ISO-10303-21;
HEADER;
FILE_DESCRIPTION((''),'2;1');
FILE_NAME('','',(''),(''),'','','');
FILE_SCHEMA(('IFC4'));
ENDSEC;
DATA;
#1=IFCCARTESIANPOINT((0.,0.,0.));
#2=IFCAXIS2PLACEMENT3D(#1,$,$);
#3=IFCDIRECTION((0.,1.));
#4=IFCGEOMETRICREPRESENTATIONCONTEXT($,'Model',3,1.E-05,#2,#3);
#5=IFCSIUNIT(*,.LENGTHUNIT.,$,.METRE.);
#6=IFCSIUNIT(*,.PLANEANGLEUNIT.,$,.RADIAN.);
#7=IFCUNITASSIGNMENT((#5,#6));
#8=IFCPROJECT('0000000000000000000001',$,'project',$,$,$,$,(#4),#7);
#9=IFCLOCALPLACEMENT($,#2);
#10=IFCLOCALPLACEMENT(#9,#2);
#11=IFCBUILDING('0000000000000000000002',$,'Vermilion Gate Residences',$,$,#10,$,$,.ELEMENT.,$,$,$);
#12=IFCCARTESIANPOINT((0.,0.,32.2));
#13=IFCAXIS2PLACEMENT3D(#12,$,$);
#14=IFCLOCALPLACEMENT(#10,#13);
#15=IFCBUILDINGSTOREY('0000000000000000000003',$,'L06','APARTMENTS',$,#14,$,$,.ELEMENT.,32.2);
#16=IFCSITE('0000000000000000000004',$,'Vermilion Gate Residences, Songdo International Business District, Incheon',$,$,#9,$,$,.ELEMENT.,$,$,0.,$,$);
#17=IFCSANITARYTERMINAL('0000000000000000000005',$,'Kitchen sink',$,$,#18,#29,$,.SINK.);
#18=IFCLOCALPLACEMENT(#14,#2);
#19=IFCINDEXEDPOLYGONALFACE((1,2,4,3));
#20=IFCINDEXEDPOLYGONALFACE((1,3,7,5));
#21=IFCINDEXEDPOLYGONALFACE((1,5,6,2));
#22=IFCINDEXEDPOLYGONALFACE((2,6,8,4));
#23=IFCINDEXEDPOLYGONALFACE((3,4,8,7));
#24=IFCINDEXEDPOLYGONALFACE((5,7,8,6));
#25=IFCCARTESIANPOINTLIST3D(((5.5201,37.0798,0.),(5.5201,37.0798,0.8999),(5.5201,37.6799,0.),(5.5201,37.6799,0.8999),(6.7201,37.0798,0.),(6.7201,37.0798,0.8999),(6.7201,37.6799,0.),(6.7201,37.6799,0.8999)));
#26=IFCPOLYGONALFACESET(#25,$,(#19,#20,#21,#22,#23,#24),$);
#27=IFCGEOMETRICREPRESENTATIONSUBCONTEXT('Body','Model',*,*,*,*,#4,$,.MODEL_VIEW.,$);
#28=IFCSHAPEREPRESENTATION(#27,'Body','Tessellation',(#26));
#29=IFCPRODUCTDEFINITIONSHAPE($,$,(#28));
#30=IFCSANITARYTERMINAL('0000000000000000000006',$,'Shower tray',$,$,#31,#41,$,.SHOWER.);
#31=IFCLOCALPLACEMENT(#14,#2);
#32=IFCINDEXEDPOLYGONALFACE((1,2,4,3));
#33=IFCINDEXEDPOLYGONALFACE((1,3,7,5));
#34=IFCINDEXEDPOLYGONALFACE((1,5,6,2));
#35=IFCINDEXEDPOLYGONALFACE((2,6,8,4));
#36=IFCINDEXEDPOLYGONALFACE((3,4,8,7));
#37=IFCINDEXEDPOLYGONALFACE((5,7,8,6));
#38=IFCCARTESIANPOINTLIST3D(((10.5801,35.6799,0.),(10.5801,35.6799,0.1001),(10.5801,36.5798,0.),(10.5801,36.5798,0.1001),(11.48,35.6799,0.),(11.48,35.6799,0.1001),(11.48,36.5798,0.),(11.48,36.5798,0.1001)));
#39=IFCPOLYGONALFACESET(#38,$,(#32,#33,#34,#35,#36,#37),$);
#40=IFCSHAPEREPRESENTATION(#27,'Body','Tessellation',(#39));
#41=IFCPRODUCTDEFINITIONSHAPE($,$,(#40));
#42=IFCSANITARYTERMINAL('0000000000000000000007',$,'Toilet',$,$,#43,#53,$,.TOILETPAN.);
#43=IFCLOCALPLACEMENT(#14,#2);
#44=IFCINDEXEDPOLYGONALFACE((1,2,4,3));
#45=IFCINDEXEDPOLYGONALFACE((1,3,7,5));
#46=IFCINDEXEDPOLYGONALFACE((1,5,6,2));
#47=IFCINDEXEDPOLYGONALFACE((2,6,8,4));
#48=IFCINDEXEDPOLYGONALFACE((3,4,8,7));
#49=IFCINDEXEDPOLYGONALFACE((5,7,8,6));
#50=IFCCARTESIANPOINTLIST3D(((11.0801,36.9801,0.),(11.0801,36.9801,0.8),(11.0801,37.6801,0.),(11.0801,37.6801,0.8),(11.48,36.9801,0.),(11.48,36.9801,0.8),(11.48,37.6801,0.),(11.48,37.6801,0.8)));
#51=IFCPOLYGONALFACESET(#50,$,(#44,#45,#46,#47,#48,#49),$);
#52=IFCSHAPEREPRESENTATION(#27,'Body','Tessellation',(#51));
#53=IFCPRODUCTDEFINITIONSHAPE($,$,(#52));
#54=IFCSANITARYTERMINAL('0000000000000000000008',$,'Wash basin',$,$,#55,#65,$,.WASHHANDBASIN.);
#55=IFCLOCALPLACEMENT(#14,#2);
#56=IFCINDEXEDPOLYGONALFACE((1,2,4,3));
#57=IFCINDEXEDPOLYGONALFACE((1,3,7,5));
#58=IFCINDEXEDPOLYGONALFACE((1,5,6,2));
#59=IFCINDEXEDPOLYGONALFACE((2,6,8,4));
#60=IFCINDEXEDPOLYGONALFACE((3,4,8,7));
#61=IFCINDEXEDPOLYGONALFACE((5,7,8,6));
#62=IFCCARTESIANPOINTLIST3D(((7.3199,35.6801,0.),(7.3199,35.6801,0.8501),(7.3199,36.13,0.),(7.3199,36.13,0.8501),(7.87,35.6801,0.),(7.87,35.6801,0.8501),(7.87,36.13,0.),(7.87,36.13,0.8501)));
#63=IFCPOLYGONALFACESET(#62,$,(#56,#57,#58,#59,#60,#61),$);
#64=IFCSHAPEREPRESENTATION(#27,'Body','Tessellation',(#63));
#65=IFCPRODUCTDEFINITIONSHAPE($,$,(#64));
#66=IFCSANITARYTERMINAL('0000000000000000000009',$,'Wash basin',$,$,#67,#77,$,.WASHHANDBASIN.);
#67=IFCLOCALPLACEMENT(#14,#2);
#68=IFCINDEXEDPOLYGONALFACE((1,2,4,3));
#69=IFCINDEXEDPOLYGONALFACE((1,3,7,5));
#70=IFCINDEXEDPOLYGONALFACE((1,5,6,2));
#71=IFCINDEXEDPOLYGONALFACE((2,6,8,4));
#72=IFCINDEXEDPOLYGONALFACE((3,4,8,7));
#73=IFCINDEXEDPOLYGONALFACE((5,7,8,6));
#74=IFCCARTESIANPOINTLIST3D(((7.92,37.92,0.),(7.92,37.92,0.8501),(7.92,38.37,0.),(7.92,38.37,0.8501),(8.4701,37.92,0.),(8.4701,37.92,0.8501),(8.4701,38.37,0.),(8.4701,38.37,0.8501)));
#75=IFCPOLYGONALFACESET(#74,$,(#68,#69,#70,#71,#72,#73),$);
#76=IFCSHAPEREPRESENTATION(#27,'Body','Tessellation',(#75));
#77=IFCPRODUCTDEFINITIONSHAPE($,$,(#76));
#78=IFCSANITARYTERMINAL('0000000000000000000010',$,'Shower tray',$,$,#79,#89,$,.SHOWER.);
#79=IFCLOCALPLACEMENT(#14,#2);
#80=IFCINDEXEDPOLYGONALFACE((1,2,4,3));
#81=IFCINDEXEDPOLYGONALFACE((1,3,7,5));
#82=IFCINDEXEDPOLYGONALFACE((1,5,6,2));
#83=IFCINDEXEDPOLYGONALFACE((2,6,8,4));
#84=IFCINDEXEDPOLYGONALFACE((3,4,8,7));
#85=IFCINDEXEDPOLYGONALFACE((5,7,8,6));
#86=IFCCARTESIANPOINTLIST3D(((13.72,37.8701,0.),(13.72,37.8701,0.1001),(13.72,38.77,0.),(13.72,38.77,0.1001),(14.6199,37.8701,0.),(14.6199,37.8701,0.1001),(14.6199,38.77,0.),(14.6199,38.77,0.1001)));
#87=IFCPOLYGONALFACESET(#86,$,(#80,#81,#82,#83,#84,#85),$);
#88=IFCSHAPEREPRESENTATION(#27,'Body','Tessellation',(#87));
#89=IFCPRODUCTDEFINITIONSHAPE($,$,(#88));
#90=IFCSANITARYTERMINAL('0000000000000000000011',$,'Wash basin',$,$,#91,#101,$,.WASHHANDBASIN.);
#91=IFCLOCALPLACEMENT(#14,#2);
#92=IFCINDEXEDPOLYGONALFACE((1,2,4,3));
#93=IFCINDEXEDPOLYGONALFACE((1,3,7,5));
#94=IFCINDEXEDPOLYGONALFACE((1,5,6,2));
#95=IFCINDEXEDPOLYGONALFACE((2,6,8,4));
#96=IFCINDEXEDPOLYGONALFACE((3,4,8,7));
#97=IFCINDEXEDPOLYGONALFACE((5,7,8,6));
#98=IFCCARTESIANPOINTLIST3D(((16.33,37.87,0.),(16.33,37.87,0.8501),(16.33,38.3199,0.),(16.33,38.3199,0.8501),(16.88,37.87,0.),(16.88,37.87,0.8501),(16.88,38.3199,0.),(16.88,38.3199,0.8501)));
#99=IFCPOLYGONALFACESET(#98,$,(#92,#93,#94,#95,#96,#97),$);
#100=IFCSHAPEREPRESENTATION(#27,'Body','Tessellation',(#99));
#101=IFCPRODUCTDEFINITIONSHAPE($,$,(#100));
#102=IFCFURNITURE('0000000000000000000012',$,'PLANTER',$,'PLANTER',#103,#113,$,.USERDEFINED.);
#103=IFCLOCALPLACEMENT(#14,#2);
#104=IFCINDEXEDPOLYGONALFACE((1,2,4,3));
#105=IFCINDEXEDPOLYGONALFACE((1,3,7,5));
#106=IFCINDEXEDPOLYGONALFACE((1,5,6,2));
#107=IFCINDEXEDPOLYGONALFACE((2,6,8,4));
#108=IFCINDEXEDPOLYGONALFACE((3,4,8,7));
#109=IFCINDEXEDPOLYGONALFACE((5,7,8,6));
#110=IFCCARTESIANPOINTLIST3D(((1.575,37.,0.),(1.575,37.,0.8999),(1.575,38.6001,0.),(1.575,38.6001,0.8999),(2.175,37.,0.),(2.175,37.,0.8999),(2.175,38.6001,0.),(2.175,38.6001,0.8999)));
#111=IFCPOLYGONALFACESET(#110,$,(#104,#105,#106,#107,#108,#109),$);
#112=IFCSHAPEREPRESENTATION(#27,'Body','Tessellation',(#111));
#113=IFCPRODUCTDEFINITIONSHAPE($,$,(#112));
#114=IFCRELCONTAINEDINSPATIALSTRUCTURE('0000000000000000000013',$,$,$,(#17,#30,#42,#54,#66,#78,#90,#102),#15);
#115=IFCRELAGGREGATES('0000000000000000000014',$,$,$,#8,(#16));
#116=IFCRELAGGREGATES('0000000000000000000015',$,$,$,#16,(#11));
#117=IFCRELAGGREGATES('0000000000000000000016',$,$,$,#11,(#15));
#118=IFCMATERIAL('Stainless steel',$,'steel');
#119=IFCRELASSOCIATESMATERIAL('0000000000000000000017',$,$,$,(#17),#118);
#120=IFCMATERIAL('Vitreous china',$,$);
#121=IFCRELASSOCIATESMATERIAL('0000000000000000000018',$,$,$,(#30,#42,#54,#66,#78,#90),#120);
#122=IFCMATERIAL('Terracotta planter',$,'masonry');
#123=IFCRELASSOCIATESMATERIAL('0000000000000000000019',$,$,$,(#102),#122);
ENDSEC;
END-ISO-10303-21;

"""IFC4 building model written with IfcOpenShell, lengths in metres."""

from ifc_helpers import new_model, si_unit, direction, frame, origin, origin_2d, place, context, subcontext, project, spatial, rectangle, extrude, material, element, save


model = new_model("IFC4")

# Units and contexts
model_context = context("Model", 3, precision=1e-05, world=origin(), true_north=direction((0.0, 1.0)))
body_context = subcontext(model_context, "Body", "Model", "MODEL_VIEW")
ifc_project = project(units=[si_unit("LENGTHUNIT", "METRE"), si_unit("PLANEANGLEUNIT", "RADIAN")], contexts=[model_context])

# Site, building, storey
site_placement = place(None, origin())
site = spatial("IfcSite", under=ifc_project, at=site_placement, Name="Vermilion Gate Residences, Songdo International Business District, Incheon", CompositionType="ELEMENT", RefElevation=0.0)
building_placement = place(site_placement, origin())
building = spatial("IfcBuilding", under=site, at=building_placement, Name="Vermilion Gate Residences", CompositionType="ELEMENT")
storey_placement = place(building_placement, frame((0.0, 0.0, 32.2)))
storey = spatial("IfcBuildingStorey", under=building, at=storey_placement, Name="L06", Description="APARTMENTS", CompositionType="ELEMENT", Elevation=32.2)

# Sanitary terminals
ifc_material_1 = material(Name="Stainless steel", Category="steel")
for number, where, z_axis, x_axis, name in (
    (1, (6.1201, 37.3799, 0.0), (0.0, 0.0, 1.0), (1.0, 0.0, 0.0), "Kitchen sink"),
):
    element("IfcSanitaryTerminal", number, at=place(storey_placement, frame(where, z_axis=z_axis, x_axis=x_axis)), inside=storey, material=ifc_material_1, Name=name, PredefinedType="SINK", context=body_context, shape_type="SweptSolid", body=[
        extrude(rectangle(XDim=1.2, YDim=0.6001, at=origin_2d()), origin(), (0.0, 0.0, 1.0), 0.8999),
    ])
ifc_material_2 = material(Name="Vitreous china")
sanitary_terminal_1_placement = place(storey_placement, frame((11.03, 36.1299, 0.0), z_axis=(0.0, 0.0, 1.0), x_axis=(1.0, 0.0, 0.0)))
element("IfcSanitaryTerminal", 2, at=sanitary_terminal_1_placement, inside=storey, material=ifc_material_2, Name="Shower tray", PredefinedType="SHOWER", context=body_context, shape_type="SweptSolid", body=[
    extrude(rectangle(XDim=0.8999, YDim=0.8999, at=origin_2d()), origin(), (0.0, 0.0, 1.0), 0.1001),
])
sanitary_terminal_2_placement = place(storey_placement, frame((11.28, 37.3301, 0.0), z_axis=(0.0, 0.0, 1.0), x_axis=(1.0, 0.0, 0.0)))
element("IfcSanitaryTerminal", 3, at=sanitary_terminal_2_placement, inside=storey, material=ifc_material_2, Name="Toilet", PredefinedType="TOILETPAN", context=body_context, shape_type="SweptSolid", body=[
    extrude(rectangle(XDim=0.3999, YDim=0.7, at=origin_2d()), origin(), (0.0, 0.0, 1.0), 0.8),
])
for number, where, z_axis, x_axis, name in (
    (4, (7.595, 35.905, 0.0), (0.0, 0.0, 1.0), (1.0, 0.0, 0.0), "Wash basin"),
    (5, (8.1951, 38.145, 0.0), (0.0, 0.0, 1.0), (1.0, 0.0, 0.0), "Wash basin"),
):
    element("IfcSanitaryTerminal", number, at=place(storey_placement, frame(where, z_axis=z_axis, x_axis=x_axis)), inside=storey, material=ifc_material_2, Name=name, PredefinedType="WASHHANDBASIN", context=body_context, shape_type="SweptSolid", body=[
        extrude(rectangle(XDim=0.55, YDim=0.45, at=origin_2d()), origin(), (0.0, 0.0, 1.0), 0.8501),
    ])
sanitary_terminal_3_placement = place(storey_placement, frame((14.1699, 38.3201, 0.0), z_axis=(0.0, 0.0, 1.0), x_axis=(1.0, 0.0, 0.0)))
element("IfcSanitaryTerminal", 6, at=sanitary_terminal_3_placement, inside=storey, material=ifc_material_2, Name="Shower tray", PredefinedType="SHOWER", context=body_context, shape_type="SweptSolid", body=[
    extrude(rectangle(XDim=0.8999, YDim=0.8999, at=origin_2d()), origin(), (0.0, 0.0, 1.0), 0.1001),
])
sanitary_terminal_4_placement = place(storey_placement, frame((16.605, 38.095, 0.0), z_axis=(0.0, 0.0, 1.0), x_axis=(1.0, 0.0, 0.0)))
element("IfcSanitaryTerminal", 7, at=sanitary_terminal_4_placement, inside=storey, material=ifc_material_2, Name="Wash basin", PredefinedType="WASHHANDBASIN", context=body_context, shape_type="SweptSolid", body=[
    extrude(rectangle(XDim=0.55, YDim=0.45, at=origin_2d()), origin(), (0.0, 0.0, 1.0), 0.8501),
])

# Furniture
ifc_material_3 = material(Name="Terracotta planter", Category="masonry")
furniture_placement = place(storey_placement, frame((1.875, 37.8, 0.0), z_axis=(0.0, 0.0, 1.0), x_axis=(0.0, -1.0, 0.0)))
element("IfcFurniture", 8, at=furniture_placement, inside=storey, material=ifc_material_3, Name="PLANTER", ObjectType="PLANTER", PredefinedType="USERDEFINED", context=body_context, shape_type="SweptSolid", body=[
    extrude(rectangle(XDim=1.6001, YDim=0.6001, at=origin_2d()), origin(), (0.0, 0.0, 1.0), 0.8999),
])

save(model, "model.ifc")
